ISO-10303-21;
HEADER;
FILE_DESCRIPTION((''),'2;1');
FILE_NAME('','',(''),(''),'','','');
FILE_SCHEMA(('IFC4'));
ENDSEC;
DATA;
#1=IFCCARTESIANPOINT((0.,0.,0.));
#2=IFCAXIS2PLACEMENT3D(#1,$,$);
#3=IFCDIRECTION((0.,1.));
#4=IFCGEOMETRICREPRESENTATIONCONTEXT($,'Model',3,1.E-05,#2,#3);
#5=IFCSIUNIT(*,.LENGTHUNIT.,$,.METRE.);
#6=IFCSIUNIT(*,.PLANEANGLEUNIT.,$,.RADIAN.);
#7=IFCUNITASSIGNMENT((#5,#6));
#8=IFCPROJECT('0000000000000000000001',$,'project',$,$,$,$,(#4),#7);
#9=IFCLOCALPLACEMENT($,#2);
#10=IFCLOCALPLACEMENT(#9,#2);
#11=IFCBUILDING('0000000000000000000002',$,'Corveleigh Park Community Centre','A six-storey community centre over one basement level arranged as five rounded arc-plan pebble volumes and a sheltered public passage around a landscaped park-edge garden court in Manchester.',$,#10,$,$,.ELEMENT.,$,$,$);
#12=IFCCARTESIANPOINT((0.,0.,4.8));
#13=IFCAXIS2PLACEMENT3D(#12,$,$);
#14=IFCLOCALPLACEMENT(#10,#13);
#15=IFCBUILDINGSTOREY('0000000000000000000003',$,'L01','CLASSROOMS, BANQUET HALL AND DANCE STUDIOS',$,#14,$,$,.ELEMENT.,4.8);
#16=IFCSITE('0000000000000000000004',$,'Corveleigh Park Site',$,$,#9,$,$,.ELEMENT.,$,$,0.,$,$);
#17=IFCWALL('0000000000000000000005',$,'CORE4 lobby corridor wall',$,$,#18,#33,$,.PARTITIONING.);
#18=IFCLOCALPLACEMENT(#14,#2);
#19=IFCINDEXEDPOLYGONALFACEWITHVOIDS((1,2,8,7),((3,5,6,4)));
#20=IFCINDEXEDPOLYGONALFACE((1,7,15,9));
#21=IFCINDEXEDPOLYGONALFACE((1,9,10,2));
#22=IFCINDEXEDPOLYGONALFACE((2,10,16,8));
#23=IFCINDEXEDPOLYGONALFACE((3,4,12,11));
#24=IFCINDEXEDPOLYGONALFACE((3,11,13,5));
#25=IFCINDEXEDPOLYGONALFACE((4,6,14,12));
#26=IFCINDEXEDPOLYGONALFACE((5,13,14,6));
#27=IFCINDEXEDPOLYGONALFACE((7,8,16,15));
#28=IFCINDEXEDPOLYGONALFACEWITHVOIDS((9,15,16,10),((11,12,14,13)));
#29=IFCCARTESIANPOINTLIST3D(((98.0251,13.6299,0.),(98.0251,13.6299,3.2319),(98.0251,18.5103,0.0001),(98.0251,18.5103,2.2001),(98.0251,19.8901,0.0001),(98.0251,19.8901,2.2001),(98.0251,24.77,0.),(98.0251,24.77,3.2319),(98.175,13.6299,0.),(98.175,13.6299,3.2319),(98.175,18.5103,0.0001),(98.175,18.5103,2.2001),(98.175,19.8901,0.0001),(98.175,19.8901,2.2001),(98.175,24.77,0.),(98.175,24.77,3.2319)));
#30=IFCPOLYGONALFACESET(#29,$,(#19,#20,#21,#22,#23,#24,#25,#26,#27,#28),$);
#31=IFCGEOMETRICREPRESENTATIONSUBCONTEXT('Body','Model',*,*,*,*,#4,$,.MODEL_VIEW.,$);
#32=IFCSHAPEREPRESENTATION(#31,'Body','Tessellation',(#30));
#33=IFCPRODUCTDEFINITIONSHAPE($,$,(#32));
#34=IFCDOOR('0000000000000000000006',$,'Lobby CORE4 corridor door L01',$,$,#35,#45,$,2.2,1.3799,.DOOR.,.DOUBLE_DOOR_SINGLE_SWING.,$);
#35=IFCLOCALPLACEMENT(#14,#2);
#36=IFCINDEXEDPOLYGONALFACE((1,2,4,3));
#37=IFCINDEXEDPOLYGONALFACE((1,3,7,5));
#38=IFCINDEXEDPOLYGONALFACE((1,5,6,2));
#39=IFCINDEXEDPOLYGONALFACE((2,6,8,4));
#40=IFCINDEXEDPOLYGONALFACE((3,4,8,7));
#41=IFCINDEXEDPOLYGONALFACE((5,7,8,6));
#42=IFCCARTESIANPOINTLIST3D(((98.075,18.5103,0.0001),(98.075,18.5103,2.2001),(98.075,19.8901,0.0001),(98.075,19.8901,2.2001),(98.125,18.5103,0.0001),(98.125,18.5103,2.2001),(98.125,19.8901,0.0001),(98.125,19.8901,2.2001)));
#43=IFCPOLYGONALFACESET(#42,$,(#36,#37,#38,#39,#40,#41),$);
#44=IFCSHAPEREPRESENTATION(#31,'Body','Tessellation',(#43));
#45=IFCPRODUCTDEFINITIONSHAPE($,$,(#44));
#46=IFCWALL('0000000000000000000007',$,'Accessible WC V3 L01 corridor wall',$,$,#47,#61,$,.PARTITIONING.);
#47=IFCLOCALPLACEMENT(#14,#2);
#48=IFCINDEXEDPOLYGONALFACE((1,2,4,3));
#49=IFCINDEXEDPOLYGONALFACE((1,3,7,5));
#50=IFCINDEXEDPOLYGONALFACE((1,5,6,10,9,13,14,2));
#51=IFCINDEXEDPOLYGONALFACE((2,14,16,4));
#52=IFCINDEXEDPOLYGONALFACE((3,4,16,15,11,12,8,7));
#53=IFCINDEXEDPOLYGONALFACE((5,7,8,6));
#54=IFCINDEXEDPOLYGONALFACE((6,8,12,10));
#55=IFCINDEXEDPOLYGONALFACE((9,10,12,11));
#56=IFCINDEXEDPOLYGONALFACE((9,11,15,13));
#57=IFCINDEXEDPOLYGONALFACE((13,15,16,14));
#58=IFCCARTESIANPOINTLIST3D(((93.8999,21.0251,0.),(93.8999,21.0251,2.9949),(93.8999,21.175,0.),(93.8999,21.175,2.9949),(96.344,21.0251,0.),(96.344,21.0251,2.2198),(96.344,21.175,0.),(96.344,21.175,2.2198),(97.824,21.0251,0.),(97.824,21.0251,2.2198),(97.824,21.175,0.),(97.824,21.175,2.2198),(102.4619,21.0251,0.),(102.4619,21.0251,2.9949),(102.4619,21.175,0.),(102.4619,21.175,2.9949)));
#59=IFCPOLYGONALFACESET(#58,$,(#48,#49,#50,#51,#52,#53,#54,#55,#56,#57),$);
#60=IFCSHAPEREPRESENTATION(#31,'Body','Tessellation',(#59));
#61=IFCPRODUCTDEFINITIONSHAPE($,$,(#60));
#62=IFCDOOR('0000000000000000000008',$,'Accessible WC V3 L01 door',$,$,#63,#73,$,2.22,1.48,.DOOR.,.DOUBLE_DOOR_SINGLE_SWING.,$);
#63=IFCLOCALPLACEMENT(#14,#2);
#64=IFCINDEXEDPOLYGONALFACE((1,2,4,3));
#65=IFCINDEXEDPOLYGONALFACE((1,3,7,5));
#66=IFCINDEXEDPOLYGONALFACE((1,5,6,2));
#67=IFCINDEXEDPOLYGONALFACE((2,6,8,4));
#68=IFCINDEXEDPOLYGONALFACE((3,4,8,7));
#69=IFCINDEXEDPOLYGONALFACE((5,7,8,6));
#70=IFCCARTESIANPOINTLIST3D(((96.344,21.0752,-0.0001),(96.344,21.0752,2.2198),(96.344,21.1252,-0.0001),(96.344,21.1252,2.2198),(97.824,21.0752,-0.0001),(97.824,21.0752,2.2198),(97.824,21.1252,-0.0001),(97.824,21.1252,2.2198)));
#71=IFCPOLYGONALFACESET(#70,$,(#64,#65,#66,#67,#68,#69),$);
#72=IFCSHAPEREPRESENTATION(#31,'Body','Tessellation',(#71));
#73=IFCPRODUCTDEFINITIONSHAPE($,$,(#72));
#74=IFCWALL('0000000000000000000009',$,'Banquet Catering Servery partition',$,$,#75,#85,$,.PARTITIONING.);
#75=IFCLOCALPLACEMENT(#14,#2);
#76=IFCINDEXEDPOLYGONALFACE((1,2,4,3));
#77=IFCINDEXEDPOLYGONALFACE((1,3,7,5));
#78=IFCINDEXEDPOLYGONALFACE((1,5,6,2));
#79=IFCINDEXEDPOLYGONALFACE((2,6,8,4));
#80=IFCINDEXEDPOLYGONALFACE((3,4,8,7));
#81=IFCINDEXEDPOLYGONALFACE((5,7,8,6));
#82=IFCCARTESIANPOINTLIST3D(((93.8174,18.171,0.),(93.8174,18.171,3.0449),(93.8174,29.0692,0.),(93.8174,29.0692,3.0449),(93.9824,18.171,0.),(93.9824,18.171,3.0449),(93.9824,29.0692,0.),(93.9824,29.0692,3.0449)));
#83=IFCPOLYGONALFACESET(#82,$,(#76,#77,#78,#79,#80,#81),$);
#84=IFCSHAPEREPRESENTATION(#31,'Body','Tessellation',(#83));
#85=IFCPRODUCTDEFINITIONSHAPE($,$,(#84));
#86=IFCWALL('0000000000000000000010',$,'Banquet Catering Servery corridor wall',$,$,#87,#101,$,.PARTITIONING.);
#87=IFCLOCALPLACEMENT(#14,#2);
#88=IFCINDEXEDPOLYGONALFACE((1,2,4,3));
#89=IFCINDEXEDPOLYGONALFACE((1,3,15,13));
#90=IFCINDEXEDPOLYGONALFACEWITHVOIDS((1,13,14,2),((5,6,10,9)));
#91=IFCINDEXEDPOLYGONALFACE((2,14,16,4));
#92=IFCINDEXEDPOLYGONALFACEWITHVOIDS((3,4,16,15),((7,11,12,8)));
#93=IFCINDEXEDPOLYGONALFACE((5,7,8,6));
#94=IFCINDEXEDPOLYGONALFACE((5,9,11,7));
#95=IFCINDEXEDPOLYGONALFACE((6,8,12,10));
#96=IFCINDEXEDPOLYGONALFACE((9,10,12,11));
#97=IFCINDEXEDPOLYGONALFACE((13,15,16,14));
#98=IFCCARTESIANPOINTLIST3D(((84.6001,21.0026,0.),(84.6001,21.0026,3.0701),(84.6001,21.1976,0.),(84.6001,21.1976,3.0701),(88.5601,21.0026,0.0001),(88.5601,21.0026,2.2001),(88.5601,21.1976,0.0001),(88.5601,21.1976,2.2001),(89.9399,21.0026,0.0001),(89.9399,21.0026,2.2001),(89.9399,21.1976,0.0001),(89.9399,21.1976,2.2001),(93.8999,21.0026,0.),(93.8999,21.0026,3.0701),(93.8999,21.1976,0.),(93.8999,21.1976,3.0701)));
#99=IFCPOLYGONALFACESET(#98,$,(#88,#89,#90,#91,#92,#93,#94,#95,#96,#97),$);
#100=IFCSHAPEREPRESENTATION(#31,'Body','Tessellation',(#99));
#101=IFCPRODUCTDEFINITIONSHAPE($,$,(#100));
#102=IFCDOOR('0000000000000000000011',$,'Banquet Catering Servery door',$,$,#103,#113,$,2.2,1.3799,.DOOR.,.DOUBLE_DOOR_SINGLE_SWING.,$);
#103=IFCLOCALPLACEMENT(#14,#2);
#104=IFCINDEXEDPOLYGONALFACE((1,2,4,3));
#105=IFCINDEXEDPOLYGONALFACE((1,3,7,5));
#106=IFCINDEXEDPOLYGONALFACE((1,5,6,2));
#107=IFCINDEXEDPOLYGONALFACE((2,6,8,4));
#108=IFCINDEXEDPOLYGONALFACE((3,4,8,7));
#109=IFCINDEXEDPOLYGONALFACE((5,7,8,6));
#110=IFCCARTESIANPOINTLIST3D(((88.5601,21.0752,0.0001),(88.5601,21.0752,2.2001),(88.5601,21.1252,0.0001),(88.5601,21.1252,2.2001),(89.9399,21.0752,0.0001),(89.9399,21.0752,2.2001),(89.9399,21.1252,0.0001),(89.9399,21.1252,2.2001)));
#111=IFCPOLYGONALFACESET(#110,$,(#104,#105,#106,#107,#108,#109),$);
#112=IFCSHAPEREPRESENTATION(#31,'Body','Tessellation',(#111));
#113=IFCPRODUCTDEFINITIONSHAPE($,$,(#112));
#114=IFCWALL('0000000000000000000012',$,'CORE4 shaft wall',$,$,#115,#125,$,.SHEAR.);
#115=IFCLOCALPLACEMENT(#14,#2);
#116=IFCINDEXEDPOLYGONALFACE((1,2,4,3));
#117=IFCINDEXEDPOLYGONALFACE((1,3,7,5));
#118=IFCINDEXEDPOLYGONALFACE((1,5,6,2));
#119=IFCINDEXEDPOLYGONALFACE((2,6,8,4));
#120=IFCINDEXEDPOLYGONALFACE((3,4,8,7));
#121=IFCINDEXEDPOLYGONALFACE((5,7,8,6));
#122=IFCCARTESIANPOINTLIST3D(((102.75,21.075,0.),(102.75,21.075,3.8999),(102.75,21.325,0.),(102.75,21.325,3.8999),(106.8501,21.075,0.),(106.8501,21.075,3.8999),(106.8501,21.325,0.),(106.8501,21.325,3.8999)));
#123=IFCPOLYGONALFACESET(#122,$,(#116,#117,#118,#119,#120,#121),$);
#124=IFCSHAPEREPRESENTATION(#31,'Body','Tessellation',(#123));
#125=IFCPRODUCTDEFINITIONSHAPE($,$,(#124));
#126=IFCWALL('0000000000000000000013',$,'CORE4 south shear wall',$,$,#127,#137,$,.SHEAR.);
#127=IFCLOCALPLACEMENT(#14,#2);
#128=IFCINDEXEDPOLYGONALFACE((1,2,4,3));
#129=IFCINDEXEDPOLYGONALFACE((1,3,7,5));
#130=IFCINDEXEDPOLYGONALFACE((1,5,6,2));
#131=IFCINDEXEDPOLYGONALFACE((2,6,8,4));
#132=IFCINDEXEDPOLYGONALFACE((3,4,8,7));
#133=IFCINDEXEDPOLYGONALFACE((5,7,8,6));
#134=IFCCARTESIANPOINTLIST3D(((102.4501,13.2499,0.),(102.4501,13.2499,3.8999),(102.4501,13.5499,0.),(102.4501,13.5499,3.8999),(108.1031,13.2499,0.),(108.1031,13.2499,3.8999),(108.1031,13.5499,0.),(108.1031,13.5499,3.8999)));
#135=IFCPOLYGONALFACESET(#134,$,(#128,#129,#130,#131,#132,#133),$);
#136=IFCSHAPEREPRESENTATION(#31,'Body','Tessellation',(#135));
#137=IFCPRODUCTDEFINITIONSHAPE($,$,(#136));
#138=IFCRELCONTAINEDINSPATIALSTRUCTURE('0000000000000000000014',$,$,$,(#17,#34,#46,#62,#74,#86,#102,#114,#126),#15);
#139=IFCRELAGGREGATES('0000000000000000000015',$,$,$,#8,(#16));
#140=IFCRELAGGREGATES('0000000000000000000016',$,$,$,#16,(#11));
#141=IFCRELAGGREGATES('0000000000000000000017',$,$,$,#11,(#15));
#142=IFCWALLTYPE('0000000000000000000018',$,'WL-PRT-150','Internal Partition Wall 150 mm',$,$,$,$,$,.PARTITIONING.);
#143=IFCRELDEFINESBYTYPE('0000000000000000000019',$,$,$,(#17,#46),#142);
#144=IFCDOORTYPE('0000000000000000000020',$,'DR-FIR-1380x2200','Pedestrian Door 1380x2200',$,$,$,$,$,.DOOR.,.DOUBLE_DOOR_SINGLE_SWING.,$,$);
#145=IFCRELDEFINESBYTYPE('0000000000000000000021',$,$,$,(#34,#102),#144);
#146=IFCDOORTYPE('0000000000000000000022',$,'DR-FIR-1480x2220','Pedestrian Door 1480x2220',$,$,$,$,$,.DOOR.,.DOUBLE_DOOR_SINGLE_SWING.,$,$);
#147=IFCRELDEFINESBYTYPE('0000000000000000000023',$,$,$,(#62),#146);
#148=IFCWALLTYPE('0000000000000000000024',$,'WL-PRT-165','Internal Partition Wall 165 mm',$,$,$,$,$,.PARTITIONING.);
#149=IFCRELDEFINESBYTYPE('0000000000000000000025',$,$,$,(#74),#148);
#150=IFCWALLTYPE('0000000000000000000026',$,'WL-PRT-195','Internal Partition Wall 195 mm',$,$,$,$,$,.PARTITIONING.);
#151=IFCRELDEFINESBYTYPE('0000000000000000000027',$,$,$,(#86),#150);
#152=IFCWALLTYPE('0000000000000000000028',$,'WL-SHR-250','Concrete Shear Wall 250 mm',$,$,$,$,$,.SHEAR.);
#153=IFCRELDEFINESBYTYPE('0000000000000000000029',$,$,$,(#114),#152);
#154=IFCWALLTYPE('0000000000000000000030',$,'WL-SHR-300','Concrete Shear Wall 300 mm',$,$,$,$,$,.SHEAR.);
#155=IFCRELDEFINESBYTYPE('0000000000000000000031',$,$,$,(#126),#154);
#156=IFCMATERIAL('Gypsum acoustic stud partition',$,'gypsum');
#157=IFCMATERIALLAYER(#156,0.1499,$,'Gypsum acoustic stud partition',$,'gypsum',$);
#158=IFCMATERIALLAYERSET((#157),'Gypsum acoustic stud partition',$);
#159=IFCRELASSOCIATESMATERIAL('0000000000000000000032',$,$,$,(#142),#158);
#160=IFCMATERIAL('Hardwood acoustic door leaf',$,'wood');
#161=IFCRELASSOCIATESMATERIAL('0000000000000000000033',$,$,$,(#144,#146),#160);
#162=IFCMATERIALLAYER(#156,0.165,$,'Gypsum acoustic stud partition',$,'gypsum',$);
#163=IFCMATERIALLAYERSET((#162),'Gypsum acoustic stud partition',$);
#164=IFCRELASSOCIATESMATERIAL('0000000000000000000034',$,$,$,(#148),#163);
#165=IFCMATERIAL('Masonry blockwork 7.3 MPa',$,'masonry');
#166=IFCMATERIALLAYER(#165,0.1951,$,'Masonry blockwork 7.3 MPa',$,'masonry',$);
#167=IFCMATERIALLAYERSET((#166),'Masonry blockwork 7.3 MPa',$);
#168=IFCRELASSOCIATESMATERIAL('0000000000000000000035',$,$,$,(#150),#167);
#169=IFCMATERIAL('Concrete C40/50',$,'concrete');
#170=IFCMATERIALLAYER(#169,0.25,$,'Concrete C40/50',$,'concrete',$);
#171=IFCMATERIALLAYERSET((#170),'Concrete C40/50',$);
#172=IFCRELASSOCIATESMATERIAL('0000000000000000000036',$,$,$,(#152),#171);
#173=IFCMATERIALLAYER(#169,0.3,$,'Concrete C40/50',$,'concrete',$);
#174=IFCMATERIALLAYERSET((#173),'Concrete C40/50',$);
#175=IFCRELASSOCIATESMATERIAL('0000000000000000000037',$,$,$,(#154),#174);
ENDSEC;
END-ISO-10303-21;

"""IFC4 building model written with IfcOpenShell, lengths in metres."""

from ifc_helpers import new_model, si_unit, direction, frame, frame_2d, origin, place, context, subcontext, project, spatial, rectangle, extrude, material, layer, layer_set, type_object, element, fill, save


model = new_model("IFC4")

# Units and contexts
model_context = context("Model", 3, precision=1e-05, world=origin(), true_north=direction((0.0, 1.0)))
body_context = subcontext(model_context, "Body", "Model", "MODEL_VIEW")
ifc_project = project(units=[si_unit("LENGTHUNIT", "METRE"), si_unit("PLANEANGLEUNIT", "RADIAN")], contexts=[model_context])

# Site, building, storey
site_placement = place(None, origin())
site = spatial("IfcSite", under=ifc_project, at=site_placement, Name="Corveleigh Park Site", CompositionType="ELEMENT", RefElevation=0.0)
building_placement = place(site_placement, origin())
building = spatial("IfcBuilding", under=site, at=building_placement, Name="Corveleigh Park Community Centre", Description="A six-storey community centre over one basement level arranged as five rounded arc-plan pebble volumes and a sheltered public passage around a landscaped park-edge garden court in Manchester.", CompositionType="ELEMENT")
storey_placement = place(building_placement, frame((0.0, 0.0, 4.8)))
storey = spatial("IfcBuildingStorey", under=building, at=storey_placement, Name="L01", Description="CLASSROOMS, BANQUET HALL AND DANCE STUDIOS", CompositionType="ELEMENT", Elevation=4.8)

# Shared definitions
ifc_material_1 = material(Name="Concrete C40/50", Category="concrete")

# Shared definitions
ifc_material_2 = material(Name="Gypsum acoustic stud partition", Category="gypsum")
ifc_layer_1 = layer(ifc_material_2, 0.1499, Name="Gypsum acoustic stud partition", Category="gypsum")
ifc_layer_set_1 = layer_set([ifc_layer_1], Name="Gypsum acoustic stud partition")
wall_type_1 = type_object("IfcWallType", Name="WL-PRT-150", Description="Internal Partition Wall 150 mm", PredefinedType="PARTITIONING", material=ifc_layer_set_1)

# Walls, openings, doors
wall_1_placement = place(storey_placement, frame((98.1001, 24.77, 0.0), z_axis=(0.0, 0.0, 1.0), x_axis=(0.0, -1.0, 0.0)))
wall_1 = element("IfcWall", 1, at=wall_1_placement, inside=storey, type_object=wall_type_1, Name="CORE4 lobby corridor wall", PredefinedType="PARTITIONING", context=body_context, shape_type="SweptSolid", body=[
    extrude(rectangle(XDim=11.1401, YDim=0.1499, at=frame_2d((5.5701, 0.0))), origin(), (0.0, 0.0, 1.0), 3.2319),
])
opening_1_placement = place(wall_1_placement, frame((4.8799, 0.0, 0.0)))
opening_1 = element("IfcOpeningElement", 2, at=opening_1_placement, cuts=wall_1, PredefinedType="OPENING", context=body_context, shape_type="SweptSolid", body=[
    extrude(rectangle(XDim=1.3799, YDim=2.2, at=frame_2d((0.6899, 1.1001))), frame((0.0, 0.085, 0.0), z_axis=(0.0, -1.0, 0.0), x_axis=(1.0, 0.0, 0.0)), (0.0, 0.0, 1.0), 0.1699),
])
ifc_material_3 = material(Name="Hardwood acoustic door leaf", Category="wood")
door_type_1 = type_object("IfcDoorType", Name="DR-FIR-1380x2200", Description="Pedestrian Door 1380x2200", OperationType="DOUBLE_DOOR_SINGLE_SWING", PredefinedType="DOOR", material=ifc_material_3)
door_1_placement = place(opening_1_placement, origin())
door_1 = element("IfcDoor", 3, at=door_1_placement, inside=storey, type_object=door_type_1, Name="Lobby CORE4 corridor door L01", OperationType="DOUBLE_DOOR_SINGLE_SWING", OverallHeight=2.2, OverallWidth=1.3799, PredefinedType="DOOR", context=body_context, shape_type="SweptSolid", body=[
    extrude(rectangle(XDim=1.3799, YDim=2.2, at=frame_2d((0.6899, 1.1001))), frame((0.0, 0.0249, 0.0), z_axis=(0.0, -1.0, 0.0), x_axis=(1.0, 0.0, 0.0)), (0.0, 0.0, 1.0), 0.05),
])
fill(opening_1, door_1)
wall_2_placement = place(storey_placement, frame((102.4619, 21.1001, 0.0), z_axis=(0.0, 0.0, 1.0), x_axis=(-1.0, 0.0, 0.0)))
wall_2 = element("IfcWall", 4, at=wall_2_placement, inside=storey, type_object=wall_type_1, Name="Accessible WC V3 L01 corridor wall", PredefinedType="PARTITIONING", context=body_context, shape_type="SweptSolid", body=[
    extrude(rectangle(XDim=8.562, YDim=0.1499, at=frame_2d((4.281, 0.0))), origin(), (0.0, 0.0, 1.0), 2.9949),
])
opening_2_placement = place(wall_2_placement, frame((4.6379, 0.0, 0.0)))
opening_2 = element("IfcOpeningElement", 5, at=opening_2_placement, cuts=wall_2, PredefinedType="OPENING", context=body_context, shape_type="SweptSolid", body=[
    extrude(rectangle(XDim=1.48, YDim=2.22, at=frame_2d((0.74, 1.1099))), frame((0.0, 0.085, 0.0), z_axis=(0.0, -1.0, 0.0), x_axis=(1.0, 0.0, 0.0)), (0.0, 0.0, 1.0), 0.1699),
])
door_type_2 = type_object("IfcDoorType", Name="DR-FIR-1480x2220", Description="Pedestrian Door 1480x2220", OperationType="DOUBLE_DOOR_SINGLE_SWING", PredefinedType="DOOR", material=ifc_material_3)
door_2_placement = place(opening_2_placement, origin())
door_2 = element("IfcDoor", 6, at=door_2_placement, inside=storey, type_object=door_type_2, Name="Accessible WC V3 L01 door", OperationType="DOUBLE_DOOR_SINGLE_SWING", OverallHeight=2.22, OverallWidth=1.48, PredefinedType="DOOR", context=body_context, shape_type="SweptSolid", body=[
    extrude(rectangle(XDim=1.48, YDim=2.22, at=frame_2d((0.74, 1.1099))), frame((0.0, 0.0249, 0.0), z_axis=(0.0, -1.0, 0.0), x_axis=(1.0, 0.0, 0.0)), (0.0, 0.0, 1.0), 0.05),
])
fill(opening_2, door_2)

# Wall
ifc_layer_2 = layer(ifc_material_2, 0.165, Name="Gypsum acoustic stud partition", Category="gypsum")
ifc_layer_set_2 = layer_set([ifc_layer_2], Name="Gypsum acoustic stud partition")
wall_type_2 = type_object("IfcWallType", Name="WL-PRT-165", Description="Internal Partition Wall 165 mm", PredefinedType="PARTITIONING", material=ifc_layer_set_2)
wall_3_placement = place(storey_placement, frame((93.8999, 18.1709, 0.0), z_axis=(0.0, 0.0, 1.0), x_axis=(0.0, 1.0, 0.0)))
element("IfcWall", 7, at=wall_3_placement, inside=storey, type_object=wall_type_2, Name="Banquet Catering Servery partition", PredefinedType="PARTITIONING", context=body_context, shape_type="SweptSolid", body=[
    extrude(rectangle(XDim=10.8982, YDim=0.165, at=frame_2d((5.4492, 0.0))), origin(), (0.0, 0.0, 1.0), 3.0449),
])

# Wall, opening, door
ifc_material_4 = material(Name="Masonry blockwork 7.3 MPa", Category="masonry")
ifc_layer_3 = layer(ifc_material_4, 0.1951, Name="Masonry blockwork 7.3 MPa", Category="masonry")
ifc_layer_set_3 = layer_set([ifc_layer_3], Name="Masonry blockwork 7.3 MPa")
wall_type_3 = type_object("IfcWallType", Name="WL-PRT-195", Description="Internal Partition Wall 195 mm", PredefinedType="PARTITIONING", material=ifc_layer_set_3)
wall_4_placement = place(storey_placement, frame((93.8999, 21.1001, 0.0), z_axis=(0.0, 0.0, 1.0), x_axis=(-1.0, 0.0, 0.0)))
wall_4 = element("IfcWall", 8, at=wall_4_placement, inside=storey, type_object=wall_type_3, Name="Banquet Catering Servery corridor wall", PredefinedType="PARTITIONING", context=body_context, shape_type="SweptSolid", body=[
    extrude(rectangle(XDim=9.2998, YDim=0.1951, at=frame_2d((4.6499, 0.0))), origin(), (0.0, 0.0, 1.0), 3.0701),
])
opening_3_placement = place(wall_4_placement, frame((3.96, 0.0, 0.0)))
opening_3 = element("IfcOpeningElement", 9, at=opening_3_placement, cuts=wall_4, PredefinedType="OPENING", context=body_context, shape_type="SweptSolid", body=[
    extrude(rectangle(XDim=1.3799, YDim=2.2, at=frame_2d((0.6899, 1.1001))), frame((0.0, 0.1074, 0.0), z_axis=(0.0, -1.0, 0.0), x_axis=(1.0, 0.0, 0.0)), (0.0, 0.0, 1.0), 0.2151),
])
door_3_placement = place(opening_3_placement, origin())
door_3 = element("IfcDoor", 10, at=door_3_placement, inside=storey, type_object=door_type_1, Name="Banquet Catering Servery door", OperationType="DOUBLE_DOOR_SINGLE_SWING", OverallHeight=2.2, OverallWidth=1.3799, PredefinedType="DOOR", context=body_context, shape_type="SweptSolid", body=[
    extrude(rectangle(XDim=1.3799, YDim=2.2, at=frame_2d((0.6899, 1.1001))), frame((0.0, 0.0249, 0.0), z_axis=(0.0, -1.0, 0.0), x_axis=(1.0, 0.0, 0.0)), (0.0, 0.0, 1.0), 0.05),
])
fill(opening_3, door_3)

# Walls
ifc_layer_4 = layer(ifc_material_1, 0.25, Name="Concrete C40/50", Category="concrete")
ifc_layer_set_4 = layer_set([ifc_layer_4], Name="Concrete C40/50")
wall_type_4 = type_object("IfcWallType", Name="WL-SHR-250", Description="Concrete Shear Wall 250 mm", PredefinedType="SHEAR", material=ifc_layer_set_4)
wall_5_placement = place(storey_placement, frame((102.75, 21.2, 0.0), z_axis=(0.0, 0.0, 1.0), x_axis=(1.0, 0.0, 0.0)))
element("IfcWall", 11, at=wall_5_placement, inside=storey, type_object=wall_type_4, Name="CORE4 shaft wall", PredefinedType="SHEAR", context=body_context, shape_type="SweptSolid", body=[
    extrude(rectangle(XDim=4.1001, YDim=0.25, at=frame_2d((2.05, 0.0))), origin(), (0.0, 0.0, 1.0), 3.8999),
])
ifc_layer_5 = layer(ifc_material_1, 0.3, Name="Concrete C40/50", Category="concrete")
ifc_layer_set_5 = layer_set([ifc_layer_5], Name="Concrete C40/50")
wall_type_5 = type_object("IfcWallType", Name="WL-SHR-300", Description="Concrete Shear Wall 300 mm", PredefinedType="SHEAR", material=ifc_layer_set_5)
wall_6_placement = place(storey_placement, frame((102.45, 13.3999, 0.0), z_axis=(0.0, 0.0, 1.0), x_axis=(1.0, 0.0, 0.0)))
element("IfcWall", 12, at=wall_6_placement, inside=storey, type_object=wall_type_5, Name="CORE4 south shear wall", PredefinedType="SHEAR", context=body_context, shape_type="SweptSolid", body=[
    extrude(rectangle(XDim=5.6531, YDim=0.3, at=frame_2d((2.8267, 0.0))), origin(), (0.0, 0.0, 1.0), 3.8999),
])

save(model, "model.ifc")
